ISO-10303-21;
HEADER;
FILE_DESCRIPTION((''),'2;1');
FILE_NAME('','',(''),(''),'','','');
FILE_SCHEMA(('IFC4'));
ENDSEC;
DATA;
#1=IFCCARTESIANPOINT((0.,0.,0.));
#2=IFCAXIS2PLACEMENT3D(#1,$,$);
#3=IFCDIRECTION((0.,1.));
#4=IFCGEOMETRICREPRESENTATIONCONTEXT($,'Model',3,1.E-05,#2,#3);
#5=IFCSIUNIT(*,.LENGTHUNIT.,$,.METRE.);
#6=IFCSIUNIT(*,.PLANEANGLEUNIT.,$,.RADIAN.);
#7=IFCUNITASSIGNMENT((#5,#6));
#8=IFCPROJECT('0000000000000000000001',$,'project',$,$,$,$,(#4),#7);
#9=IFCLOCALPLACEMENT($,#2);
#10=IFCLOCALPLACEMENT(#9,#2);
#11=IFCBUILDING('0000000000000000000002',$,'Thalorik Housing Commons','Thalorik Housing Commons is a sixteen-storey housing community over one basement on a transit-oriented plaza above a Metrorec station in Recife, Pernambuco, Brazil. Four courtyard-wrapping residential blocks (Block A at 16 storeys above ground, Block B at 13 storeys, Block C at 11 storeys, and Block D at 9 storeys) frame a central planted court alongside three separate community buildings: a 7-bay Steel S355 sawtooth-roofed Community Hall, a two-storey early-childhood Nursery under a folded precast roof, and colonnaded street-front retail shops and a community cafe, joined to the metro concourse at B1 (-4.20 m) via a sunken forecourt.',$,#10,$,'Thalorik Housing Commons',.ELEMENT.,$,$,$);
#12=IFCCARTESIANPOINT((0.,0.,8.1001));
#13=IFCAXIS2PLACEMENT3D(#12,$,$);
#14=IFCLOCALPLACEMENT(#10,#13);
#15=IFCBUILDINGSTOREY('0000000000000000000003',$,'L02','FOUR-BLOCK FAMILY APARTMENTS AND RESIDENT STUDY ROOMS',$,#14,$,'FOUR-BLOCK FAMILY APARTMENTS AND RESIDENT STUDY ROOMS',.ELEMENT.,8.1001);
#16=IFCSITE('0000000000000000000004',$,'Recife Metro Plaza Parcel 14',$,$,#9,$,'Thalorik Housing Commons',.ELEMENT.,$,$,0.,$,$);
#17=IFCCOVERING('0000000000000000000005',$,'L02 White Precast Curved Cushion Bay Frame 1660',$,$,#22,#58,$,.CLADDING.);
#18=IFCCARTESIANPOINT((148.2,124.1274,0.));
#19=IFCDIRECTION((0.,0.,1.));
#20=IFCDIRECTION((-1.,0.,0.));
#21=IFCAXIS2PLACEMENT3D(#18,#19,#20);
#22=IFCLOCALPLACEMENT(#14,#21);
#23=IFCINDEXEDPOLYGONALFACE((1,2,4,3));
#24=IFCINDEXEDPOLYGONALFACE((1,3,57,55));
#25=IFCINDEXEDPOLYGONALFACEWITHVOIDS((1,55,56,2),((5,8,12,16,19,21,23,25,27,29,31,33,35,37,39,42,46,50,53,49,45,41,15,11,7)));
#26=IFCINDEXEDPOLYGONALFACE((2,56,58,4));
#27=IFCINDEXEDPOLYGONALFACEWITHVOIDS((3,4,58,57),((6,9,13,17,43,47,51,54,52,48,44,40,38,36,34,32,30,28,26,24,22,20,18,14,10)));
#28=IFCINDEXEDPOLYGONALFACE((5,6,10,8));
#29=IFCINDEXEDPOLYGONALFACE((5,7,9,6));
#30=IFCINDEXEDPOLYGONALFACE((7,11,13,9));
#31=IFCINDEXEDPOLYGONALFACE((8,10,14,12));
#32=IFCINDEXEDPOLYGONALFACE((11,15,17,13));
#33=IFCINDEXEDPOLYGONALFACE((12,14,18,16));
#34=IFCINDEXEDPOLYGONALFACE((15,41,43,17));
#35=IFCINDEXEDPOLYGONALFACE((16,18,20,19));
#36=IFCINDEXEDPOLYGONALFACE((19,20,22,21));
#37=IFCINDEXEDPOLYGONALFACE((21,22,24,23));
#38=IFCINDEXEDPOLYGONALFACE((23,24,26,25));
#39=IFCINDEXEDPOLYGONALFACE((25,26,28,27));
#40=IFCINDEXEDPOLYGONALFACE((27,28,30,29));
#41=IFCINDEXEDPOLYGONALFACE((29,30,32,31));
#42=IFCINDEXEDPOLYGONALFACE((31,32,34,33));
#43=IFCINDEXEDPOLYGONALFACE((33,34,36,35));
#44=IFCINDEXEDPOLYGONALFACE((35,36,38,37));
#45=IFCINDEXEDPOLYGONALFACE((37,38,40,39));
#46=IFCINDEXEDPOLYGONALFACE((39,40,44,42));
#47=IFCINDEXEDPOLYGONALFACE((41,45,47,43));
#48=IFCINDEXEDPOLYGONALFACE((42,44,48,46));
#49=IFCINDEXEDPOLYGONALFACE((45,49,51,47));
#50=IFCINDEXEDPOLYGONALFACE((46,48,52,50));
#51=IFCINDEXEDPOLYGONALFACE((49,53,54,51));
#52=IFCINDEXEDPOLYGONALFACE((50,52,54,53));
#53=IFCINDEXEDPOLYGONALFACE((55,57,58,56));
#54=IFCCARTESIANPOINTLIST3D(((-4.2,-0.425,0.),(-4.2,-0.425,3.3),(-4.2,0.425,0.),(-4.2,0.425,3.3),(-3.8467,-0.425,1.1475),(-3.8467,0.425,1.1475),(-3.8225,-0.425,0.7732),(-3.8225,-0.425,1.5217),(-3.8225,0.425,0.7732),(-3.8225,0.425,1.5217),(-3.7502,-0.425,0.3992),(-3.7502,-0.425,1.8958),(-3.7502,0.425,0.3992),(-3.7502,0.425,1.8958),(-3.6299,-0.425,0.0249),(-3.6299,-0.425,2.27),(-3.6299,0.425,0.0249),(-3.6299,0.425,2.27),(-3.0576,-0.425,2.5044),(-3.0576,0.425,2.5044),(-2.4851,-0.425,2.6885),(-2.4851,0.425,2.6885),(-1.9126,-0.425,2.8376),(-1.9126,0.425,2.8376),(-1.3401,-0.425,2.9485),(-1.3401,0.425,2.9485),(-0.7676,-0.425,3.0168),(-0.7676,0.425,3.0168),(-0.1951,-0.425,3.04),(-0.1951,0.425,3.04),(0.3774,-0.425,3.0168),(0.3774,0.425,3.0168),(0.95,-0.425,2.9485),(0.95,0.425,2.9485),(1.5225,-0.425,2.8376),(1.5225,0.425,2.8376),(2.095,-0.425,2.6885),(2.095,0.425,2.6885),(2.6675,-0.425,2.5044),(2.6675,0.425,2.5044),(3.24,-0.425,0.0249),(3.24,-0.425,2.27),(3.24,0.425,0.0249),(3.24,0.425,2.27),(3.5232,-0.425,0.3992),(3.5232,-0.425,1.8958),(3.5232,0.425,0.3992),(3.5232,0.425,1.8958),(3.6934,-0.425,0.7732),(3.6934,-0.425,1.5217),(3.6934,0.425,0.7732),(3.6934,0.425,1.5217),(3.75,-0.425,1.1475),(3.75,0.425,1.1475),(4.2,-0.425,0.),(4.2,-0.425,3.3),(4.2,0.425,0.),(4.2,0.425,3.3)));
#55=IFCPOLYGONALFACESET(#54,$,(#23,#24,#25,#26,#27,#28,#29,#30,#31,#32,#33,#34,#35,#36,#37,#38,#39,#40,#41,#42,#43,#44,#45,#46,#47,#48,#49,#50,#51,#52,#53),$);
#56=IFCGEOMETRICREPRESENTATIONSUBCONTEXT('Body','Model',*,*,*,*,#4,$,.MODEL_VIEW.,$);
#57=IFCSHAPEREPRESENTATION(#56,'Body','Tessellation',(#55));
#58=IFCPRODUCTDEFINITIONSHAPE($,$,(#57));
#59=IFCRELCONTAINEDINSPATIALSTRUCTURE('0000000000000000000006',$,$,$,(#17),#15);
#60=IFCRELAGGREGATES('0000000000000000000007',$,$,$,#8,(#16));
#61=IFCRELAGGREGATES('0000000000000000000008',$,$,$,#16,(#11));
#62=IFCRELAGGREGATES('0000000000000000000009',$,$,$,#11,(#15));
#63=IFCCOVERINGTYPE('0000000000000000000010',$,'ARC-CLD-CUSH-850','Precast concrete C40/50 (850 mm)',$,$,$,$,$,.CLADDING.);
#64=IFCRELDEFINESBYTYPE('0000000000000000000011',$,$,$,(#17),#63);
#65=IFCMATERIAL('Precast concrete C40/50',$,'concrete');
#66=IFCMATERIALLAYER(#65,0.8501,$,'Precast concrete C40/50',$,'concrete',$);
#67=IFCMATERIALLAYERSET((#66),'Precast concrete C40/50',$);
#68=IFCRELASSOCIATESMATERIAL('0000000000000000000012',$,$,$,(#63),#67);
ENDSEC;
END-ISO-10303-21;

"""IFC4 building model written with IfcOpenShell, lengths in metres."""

from ifc_helpers import new_model, si_unit, direction, frame, origin, place, context, subcontext, project, spatial, polyline, outline, extrude, material, layer, layer_set, type_object, element, save


model = new_model("IFC4")

# Units and contexts
model_context = context("Model", 3, precision=1e-05, world=origin(), true_north=direction((0.0, 1.0)))
body_context = subcontext(model_context, "Body", "Model", "MODEL_VIEW")
ifc_project = project(units=[si_unit("LENGTHUNIT", "METRE"), si_unit("PLANEANGLEUNIT", "RADIAN")], contexts=[model_context])

# Site, building, storey
site_placement = place(None, origin())
site = spatial("IfcSite", under=ifc_project, at=site_placement, Name="Recife Metro Plaza Parcel 14", LongName="Thalorik Housing Commons", CompositionType="ELEMENT", RefElevation=0.0)
building_placement = place(site_placement, origin())
building = spatial("IfcBuilding", under=site, at=building_placement, Name="Thalorik Housing Commons", Description="Thalorik Housing Commons is a sixteen-storey housing community over one basement on a transit-oriented plaza above a Metrorec station in Recife, Pernambuco, Brazil. Four courtyard-wrapping residential blocks (Block A at 16 storeys above ground, Block B at 13 storeys, Block C at 11 storeys, and Block D at 9 storeys) frame a central planted court alongside three separate community buildings: a 7-bay Steel S355 sawtooth-roofed Community Hall, a two-storey early-childhood Nursery under a folded precast roof, and colonnaded street-front retail shops and a community cafe, joined to the metro concourse at B1 (-4.20 m) via a sunken forecourt.", LongName="Thalorik Housing Commons", CompositionType="ELEMENT")
storey_placement = place(building_placement, frame((0.0, 0.0, 8.1001)))
storey = spatial("IfcBuildingStorey", under=building, at=storey_placement, Name="L02", Description="FOUR-BLOCK FAMILY APARTMENTS AND RESIDENT STUDY ROOMS", LongName="FOUR-BLOCK FAMILY APARTMENTS AND RESIDENT STUDY ROOMS", CompositionType="ELEMENT", Elevation=8.1001)

# Shared definitions
ifc_material_1 = material(Name="Precast concrete C40/50", Category="concrete")

# Covering
ifc_layer_1 = layer(ifc_material_1, 0.8501, Name="Precast concrete C40/50", Category="concrete")
ifc_layer_set_1 = layer_set([ifc_layer_1], Name="Precast concrete C40/50")
covering_type_1 = type_object("IfcCoveringType", Name="ARC-CLD-CUSH-850", Description="Precast concrete C40/50 (850 mm)", PredefinedType="CLADDING", material=ifc_layer_set_1)
covering_1_placement = place(storey_placement, frame((148.2, 124.1274, 0.0), z_axis=(0.0, 0.0, 1.0), x_axis=(-1.0, 0.0, 0.0)))
element("IfcCovering", 1, at=covering_1_placement, inside=storey, type_object=covering_type_1, Name="L02 White Precast Curved Cushion Bay Frame 1660", PredefinedType="CLADDING", context=body_context, shape_type="SweptSolid", body=[
    extrude(outline(polyline([(-4.2, 0.0), (4.2, 0.0), (4.2, 3.3), (-4.2, 3.3), (-4.2, 0.0)]), holes=[polyline([(3.24, 0.0249), (3.5232, 0.3992), (3.6934, 0.7732), (3.75, 1.1475), (3.6934, 1.5217), (3.5232, 1.8958), (3.24, 2.27), (2.6675, 2.5044), (2.095, 2.6885), (1.5225, 2.8376), (0.95, 2.9485), (0.3774, 3.0168), (-0.1951, 3.04), (-0.7676, 3.0168), (-1.3401, 2.9485), (-1.9126, 2.8376), (-2.4851, 2.6885), (-3.0576, 2.5044), (-3.6299, 2.27), (-3.7502, 1.8958), (-3.8225, 1.5217), (-3.8467, 1.1475), (-3.8225, 0.7732), (-3.7502, 0.3992), (-3.6299, 0.0249), (3.24, 0.0249)])]), frame((0.0, 0.425, 0.0), z_axis=(0.0, -1.0, 0.0), x_axis=(1.0, 0.0, 0.0)), (0.0, 0.0, 1.0), 0.8501),
])

save(model, "model.ifc")
